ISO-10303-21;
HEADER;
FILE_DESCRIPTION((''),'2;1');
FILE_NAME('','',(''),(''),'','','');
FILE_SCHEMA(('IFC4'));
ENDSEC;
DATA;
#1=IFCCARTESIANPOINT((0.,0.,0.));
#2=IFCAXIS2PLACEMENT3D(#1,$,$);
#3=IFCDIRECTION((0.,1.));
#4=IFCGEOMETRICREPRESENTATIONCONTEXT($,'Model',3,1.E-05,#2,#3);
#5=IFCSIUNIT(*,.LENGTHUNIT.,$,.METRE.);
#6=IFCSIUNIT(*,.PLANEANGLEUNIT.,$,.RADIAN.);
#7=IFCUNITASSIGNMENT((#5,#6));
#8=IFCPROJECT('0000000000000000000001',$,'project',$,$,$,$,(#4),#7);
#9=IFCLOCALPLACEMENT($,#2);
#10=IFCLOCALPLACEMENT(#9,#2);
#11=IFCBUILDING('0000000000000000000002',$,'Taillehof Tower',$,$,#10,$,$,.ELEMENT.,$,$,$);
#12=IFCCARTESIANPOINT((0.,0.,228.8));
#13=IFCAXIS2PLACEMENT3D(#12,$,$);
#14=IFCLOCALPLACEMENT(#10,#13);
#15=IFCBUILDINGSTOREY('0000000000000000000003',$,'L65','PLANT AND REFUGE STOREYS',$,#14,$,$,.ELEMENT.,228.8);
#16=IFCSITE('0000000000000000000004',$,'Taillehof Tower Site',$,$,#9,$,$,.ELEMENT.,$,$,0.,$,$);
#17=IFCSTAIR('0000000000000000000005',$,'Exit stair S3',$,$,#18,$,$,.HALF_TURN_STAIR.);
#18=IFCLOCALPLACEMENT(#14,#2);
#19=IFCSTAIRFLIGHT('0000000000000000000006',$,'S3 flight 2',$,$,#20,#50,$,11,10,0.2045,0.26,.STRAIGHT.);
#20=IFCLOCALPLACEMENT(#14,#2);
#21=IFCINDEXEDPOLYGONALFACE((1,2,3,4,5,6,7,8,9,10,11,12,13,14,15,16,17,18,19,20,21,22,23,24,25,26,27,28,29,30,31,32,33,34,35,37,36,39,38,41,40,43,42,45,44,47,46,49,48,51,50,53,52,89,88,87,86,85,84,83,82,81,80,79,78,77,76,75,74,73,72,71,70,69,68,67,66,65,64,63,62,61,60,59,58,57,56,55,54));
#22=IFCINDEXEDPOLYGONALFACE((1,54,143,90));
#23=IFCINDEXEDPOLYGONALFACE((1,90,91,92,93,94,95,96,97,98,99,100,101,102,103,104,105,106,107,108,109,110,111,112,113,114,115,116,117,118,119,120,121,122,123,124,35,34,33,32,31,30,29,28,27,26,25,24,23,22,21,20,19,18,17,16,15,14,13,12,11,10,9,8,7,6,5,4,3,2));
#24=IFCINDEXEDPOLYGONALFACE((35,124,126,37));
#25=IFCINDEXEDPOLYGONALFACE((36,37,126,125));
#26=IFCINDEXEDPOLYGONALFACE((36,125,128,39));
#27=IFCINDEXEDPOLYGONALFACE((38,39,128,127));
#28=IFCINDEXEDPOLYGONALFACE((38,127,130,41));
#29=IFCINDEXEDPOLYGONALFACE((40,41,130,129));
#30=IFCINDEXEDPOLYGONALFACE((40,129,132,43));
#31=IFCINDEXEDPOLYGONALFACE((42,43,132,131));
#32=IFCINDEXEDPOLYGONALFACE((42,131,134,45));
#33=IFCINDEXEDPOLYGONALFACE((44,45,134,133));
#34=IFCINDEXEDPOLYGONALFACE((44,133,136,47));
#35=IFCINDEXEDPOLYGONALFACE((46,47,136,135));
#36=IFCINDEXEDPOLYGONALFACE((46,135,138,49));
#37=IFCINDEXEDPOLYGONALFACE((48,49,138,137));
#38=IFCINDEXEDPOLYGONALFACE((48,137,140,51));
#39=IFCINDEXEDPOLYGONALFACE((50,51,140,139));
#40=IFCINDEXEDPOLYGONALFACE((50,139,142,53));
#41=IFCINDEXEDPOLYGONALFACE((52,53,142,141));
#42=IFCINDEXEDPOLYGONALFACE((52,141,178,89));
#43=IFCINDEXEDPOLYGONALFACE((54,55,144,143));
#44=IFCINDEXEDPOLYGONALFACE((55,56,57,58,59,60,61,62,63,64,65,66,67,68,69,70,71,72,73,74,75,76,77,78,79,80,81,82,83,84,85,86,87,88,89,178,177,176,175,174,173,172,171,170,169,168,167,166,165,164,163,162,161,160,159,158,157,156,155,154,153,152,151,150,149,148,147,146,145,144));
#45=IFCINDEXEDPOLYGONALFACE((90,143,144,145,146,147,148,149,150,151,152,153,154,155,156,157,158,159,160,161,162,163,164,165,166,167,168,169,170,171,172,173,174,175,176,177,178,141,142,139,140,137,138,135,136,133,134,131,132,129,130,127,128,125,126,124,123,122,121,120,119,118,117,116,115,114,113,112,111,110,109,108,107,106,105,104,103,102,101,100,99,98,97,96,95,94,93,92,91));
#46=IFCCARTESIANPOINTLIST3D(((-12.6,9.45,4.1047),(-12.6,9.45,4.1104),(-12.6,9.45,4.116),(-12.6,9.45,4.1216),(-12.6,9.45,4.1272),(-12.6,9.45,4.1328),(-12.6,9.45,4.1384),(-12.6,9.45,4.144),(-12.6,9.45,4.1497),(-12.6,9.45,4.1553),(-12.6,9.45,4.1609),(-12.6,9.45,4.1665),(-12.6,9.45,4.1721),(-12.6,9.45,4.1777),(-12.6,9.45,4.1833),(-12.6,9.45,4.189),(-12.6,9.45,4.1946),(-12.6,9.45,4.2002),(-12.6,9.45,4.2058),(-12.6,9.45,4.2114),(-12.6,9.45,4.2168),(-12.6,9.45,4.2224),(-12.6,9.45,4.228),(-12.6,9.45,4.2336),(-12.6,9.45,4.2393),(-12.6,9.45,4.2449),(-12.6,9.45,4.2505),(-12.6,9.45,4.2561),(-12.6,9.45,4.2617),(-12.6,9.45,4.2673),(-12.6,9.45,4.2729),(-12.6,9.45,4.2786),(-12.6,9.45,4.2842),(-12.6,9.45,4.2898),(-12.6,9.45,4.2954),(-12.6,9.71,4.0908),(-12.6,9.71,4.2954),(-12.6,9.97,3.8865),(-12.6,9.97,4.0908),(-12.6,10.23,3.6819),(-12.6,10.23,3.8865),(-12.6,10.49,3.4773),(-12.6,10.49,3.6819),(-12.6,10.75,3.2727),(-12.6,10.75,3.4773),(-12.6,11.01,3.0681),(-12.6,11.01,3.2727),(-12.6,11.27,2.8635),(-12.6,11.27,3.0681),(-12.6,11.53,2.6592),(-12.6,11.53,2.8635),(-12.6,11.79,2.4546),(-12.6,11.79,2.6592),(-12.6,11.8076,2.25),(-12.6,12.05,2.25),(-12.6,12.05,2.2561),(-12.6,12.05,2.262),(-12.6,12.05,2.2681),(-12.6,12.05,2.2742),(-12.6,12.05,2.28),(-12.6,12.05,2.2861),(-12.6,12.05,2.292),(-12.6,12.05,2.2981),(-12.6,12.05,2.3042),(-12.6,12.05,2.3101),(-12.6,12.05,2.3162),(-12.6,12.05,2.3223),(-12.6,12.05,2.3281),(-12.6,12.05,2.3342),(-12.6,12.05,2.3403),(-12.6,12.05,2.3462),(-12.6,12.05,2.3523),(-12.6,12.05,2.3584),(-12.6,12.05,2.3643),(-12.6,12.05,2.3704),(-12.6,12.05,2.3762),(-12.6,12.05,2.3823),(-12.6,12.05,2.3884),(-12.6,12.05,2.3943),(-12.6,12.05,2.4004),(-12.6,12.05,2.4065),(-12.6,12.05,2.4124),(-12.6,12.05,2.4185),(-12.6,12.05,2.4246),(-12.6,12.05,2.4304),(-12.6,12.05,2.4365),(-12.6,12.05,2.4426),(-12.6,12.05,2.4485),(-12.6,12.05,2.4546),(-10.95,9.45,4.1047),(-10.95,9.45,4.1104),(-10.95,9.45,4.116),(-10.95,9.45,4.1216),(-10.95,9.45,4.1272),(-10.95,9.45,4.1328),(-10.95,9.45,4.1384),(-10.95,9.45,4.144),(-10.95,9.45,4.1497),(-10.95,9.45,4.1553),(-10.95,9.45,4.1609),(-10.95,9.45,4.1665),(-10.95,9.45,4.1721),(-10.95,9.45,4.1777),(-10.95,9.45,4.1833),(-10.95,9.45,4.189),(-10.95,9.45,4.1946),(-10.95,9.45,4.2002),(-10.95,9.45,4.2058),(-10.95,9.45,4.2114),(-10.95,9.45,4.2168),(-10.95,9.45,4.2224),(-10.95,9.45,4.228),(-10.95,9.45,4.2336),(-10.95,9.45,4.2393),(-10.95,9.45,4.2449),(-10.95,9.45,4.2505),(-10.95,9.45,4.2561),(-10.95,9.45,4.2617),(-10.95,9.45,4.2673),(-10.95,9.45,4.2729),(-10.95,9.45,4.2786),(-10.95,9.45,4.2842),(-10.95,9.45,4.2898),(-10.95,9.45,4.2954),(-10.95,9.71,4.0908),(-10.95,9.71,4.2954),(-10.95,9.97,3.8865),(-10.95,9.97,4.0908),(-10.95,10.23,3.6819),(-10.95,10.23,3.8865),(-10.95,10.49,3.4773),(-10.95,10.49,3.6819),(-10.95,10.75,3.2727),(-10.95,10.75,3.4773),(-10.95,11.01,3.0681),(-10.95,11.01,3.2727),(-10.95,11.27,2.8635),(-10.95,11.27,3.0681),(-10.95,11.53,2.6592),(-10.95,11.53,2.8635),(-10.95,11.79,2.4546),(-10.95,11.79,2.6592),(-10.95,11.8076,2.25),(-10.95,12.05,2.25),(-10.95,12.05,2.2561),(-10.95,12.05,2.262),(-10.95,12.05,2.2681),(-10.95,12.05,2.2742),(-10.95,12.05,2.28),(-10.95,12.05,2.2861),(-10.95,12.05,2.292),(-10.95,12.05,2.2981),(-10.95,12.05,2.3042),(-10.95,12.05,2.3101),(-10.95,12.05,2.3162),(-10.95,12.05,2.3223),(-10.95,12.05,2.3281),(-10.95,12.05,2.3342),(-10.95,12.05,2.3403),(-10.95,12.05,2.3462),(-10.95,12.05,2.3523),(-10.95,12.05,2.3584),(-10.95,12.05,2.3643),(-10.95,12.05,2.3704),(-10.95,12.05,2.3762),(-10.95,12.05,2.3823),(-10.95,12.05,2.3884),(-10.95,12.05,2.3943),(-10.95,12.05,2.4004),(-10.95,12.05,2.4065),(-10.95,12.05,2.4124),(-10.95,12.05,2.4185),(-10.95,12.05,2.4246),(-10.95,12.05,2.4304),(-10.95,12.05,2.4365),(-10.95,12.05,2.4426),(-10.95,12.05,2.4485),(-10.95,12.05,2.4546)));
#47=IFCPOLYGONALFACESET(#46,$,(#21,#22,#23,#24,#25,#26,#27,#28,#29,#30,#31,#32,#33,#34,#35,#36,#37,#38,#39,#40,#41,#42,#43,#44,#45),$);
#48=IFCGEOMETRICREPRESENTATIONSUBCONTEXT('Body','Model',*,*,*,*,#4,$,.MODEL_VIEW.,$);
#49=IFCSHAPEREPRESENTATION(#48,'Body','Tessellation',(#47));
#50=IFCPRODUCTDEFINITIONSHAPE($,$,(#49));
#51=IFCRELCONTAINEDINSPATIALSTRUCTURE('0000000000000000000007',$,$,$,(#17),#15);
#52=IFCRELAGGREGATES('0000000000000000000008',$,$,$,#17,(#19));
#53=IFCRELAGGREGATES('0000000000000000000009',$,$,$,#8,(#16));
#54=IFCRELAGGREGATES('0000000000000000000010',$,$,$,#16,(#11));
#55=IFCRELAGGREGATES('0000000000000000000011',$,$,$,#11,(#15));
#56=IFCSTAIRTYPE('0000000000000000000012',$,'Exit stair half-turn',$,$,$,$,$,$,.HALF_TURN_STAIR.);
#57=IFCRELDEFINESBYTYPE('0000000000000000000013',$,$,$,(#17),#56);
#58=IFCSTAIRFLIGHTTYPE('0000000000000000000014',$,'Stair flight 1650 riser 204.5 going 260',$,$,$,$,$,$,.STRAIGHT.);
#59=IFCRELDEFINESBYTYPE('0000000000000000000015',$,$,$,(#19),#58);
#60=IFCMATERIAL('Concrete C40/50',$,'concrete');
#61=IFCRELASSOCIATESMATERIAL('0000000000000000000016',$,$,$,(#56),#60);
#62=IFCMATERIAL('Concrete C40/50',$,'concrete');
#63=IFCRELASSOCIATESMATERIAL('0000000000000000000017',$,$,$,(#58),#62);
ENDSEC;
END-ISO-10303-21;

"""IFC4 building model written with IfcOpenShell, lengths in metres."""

from ifc_helpers import new_model, si_unit, direction, frame, origin, place, context, subcontext, project, spatial, polyline, outline, extrude, material, type_object, element, aggregate, save


model = new_model("IFC4")

# Units and contexts
model_context = context("Model", 3, precision=1e-05, world=origin(), true_north=direction((0.0, 1.0)))
body_context = subcontext(model_context, "Body", "Model", "MODEL_VIEW")
ifc_project = project(units=[si_unit("LENGTHUNIT", "METRE"), si_unit("PLANEANGLEUNIT", "RADIAN")], contexts=[model_context])

# Site, building, storey
site_placement = place(None, origin())
site = spatial("IfcSite", under=ifc_project, at=site_placement, Name="Taillehof Tower Site", CompositionType="ELEMENT", RefElevation=0.0)
building_placement = place(site_placement, origin())
building = spatial("IfcBuilding", under=site, at=building_placement, Name="Taillehof Tower", CompositionType="ELEMENT")
storey_placement = place(building_placement, frame((0.0, 0.0, 228.8)))
storey = spatial("IfcBuildingStorey", under=building, at=storey_placement, Name="L65", Description="PLANT AND REFUGE STOREYS", CompositionType="ELEMENT", Elevation=228.8)

# Shared definitions
ifc_material_1 = material(Name="Concrete C40/50", Category="concrete")
stair_type = type_object("IfcStairType", Name="Exit stair half-turn", PredefinedType="HALF_TURN_STAIR", material=ifc_material_1)

# Stair, stair flight
stair_1_placement = place(storey_placement, origin())
stair_1 = element("IfcStair", 1, at=stair_1_placement, inside=storey, type_object=stair_type, Name="Exit stair S3", PredefinedType="HALF_TURN_STAIR")
ifc_material_2 = material(Name="Concrete C40/50", Category="concrete")
stair_flight_type = type_object("IfcStairFlightType", Name="Stair flight 1650 riser 204.5 going 260", PredefinedType="STRAIGHT", material=ifc_material_2)
stair_flight_1_placement = place(storey_placement, frame((-11.7749, 12.05, 2.25), z_axis=(0.0, 0.0, 1.0), x_axis=(0.0, -1.0, 0.0)))
stair_flight_1 = element("IfcStairFlight", 2, at=stair_flight_1_placement, type_object=stair_flight_type, Name="S3 flight 2", NumberOfRisers=11, NumberOfTreads=10, PredefinedType="STRAIGHT", RiserHeight=0.2045, TreadLength=0.26, context=body_context, shape_type="SweptSolid", body=[
    extrude(outline(polyline([(0.0, 0.0), (0.0, 0.0061), (0.0, 0.012), (0.0, 0.0181), (0.0, 0.0242), (0.0, 0.03), (0.0, 0.0361), (0.0, 0.042), (0.0, 0.0481), (0.0, 0.0542), (0.0, 0.0601), (0.0, 0.0662), (0.0, 0.0723), (0.0, 0.0781), (0.0, 0.0842), (0.0, 0.0903), (0.0, 0.0962), (0.0, 0.1023), (0.0, 0.1084), (0.0, 0.1143), (0.0, 0.1204), (0.0, 0.1262), (0.0, 0.1323), (0.0, 0.1384), (0.0, 0.1443), (0.0, 0.1504), (0.0, 0.1565), (0.0, 0.1624), (0.0, 0.1685), (0.0, 0.1746), (0.0, 0.1804), (0.0, 0.1865), (0.0, 0.1926), (0.0, 0.1985), (0.0, 0.2046), (0.26, 0.2046), (0.26, 0.4092), (0.52, 0.4092), (0.52, 0.6135), (0.78, 0.6135), (0.78, 0.8181), (1.04, 0.8181), (1.04, 1.0227), (1.3, 1.0227), (1.3, 1.2273), (1.5601, 1.2273), (1.5601, 1.4319), (1.8201, 1.4319), (1.8201, 1.6365), (2.0801, 1.6365), (2.0801, 1.8408), (2.3401, 1.8408), (2.3401, 2.0454), (2.6001, 2.0454), (2.6001, 2.0398), (2.6001, 2.0342), (2.6001, 2.0286), (2.6001, 2.0229), (2.6001, 2.0173), (2.6001, 2.0117), (2.6001, 2.0061), (2.6001, 2.0005), (2.6001, 1.9949), (2.6001, 1.9893), (2.6001, 1.9836), (2.6001, 1.978), (2.6001, 1.9724), (2.6001, 1.9668), (2.6001, 1.9614), (2.6001, 1.9558), (2.6001, 1.9502), (2.6001, 1.9446), (2.6001, 1.939), (2.6001, 1.9333), (2.6001, 1.9277), (2.6001, 1.9221), (2.6001, 1.9165), (2.6001, 1.9109), (2.6001, 1.9053), (2.6001, 1.8997), (2.6001, 1.894), (2.6001, 1.8884), (2.6001, 1.8828), (2.6001, 1.8772), (2.6001, 1.8716), (2.6001, 1.866), (2.6001, 1.8604), (2.6001, 1.8547), (0.2424, 0.0), (0.0, 0.0)])), frame((0.0, 0.825, 0.0), z_axis=(0.0, -1.0, 0.0), x_axis=(1.0, 0.0, 0.0)), (0.0, 0.0, 1.0), 1.65),
])
aggregate(stair_1, [stair_flight_1])

save(model, "model.ifc")
